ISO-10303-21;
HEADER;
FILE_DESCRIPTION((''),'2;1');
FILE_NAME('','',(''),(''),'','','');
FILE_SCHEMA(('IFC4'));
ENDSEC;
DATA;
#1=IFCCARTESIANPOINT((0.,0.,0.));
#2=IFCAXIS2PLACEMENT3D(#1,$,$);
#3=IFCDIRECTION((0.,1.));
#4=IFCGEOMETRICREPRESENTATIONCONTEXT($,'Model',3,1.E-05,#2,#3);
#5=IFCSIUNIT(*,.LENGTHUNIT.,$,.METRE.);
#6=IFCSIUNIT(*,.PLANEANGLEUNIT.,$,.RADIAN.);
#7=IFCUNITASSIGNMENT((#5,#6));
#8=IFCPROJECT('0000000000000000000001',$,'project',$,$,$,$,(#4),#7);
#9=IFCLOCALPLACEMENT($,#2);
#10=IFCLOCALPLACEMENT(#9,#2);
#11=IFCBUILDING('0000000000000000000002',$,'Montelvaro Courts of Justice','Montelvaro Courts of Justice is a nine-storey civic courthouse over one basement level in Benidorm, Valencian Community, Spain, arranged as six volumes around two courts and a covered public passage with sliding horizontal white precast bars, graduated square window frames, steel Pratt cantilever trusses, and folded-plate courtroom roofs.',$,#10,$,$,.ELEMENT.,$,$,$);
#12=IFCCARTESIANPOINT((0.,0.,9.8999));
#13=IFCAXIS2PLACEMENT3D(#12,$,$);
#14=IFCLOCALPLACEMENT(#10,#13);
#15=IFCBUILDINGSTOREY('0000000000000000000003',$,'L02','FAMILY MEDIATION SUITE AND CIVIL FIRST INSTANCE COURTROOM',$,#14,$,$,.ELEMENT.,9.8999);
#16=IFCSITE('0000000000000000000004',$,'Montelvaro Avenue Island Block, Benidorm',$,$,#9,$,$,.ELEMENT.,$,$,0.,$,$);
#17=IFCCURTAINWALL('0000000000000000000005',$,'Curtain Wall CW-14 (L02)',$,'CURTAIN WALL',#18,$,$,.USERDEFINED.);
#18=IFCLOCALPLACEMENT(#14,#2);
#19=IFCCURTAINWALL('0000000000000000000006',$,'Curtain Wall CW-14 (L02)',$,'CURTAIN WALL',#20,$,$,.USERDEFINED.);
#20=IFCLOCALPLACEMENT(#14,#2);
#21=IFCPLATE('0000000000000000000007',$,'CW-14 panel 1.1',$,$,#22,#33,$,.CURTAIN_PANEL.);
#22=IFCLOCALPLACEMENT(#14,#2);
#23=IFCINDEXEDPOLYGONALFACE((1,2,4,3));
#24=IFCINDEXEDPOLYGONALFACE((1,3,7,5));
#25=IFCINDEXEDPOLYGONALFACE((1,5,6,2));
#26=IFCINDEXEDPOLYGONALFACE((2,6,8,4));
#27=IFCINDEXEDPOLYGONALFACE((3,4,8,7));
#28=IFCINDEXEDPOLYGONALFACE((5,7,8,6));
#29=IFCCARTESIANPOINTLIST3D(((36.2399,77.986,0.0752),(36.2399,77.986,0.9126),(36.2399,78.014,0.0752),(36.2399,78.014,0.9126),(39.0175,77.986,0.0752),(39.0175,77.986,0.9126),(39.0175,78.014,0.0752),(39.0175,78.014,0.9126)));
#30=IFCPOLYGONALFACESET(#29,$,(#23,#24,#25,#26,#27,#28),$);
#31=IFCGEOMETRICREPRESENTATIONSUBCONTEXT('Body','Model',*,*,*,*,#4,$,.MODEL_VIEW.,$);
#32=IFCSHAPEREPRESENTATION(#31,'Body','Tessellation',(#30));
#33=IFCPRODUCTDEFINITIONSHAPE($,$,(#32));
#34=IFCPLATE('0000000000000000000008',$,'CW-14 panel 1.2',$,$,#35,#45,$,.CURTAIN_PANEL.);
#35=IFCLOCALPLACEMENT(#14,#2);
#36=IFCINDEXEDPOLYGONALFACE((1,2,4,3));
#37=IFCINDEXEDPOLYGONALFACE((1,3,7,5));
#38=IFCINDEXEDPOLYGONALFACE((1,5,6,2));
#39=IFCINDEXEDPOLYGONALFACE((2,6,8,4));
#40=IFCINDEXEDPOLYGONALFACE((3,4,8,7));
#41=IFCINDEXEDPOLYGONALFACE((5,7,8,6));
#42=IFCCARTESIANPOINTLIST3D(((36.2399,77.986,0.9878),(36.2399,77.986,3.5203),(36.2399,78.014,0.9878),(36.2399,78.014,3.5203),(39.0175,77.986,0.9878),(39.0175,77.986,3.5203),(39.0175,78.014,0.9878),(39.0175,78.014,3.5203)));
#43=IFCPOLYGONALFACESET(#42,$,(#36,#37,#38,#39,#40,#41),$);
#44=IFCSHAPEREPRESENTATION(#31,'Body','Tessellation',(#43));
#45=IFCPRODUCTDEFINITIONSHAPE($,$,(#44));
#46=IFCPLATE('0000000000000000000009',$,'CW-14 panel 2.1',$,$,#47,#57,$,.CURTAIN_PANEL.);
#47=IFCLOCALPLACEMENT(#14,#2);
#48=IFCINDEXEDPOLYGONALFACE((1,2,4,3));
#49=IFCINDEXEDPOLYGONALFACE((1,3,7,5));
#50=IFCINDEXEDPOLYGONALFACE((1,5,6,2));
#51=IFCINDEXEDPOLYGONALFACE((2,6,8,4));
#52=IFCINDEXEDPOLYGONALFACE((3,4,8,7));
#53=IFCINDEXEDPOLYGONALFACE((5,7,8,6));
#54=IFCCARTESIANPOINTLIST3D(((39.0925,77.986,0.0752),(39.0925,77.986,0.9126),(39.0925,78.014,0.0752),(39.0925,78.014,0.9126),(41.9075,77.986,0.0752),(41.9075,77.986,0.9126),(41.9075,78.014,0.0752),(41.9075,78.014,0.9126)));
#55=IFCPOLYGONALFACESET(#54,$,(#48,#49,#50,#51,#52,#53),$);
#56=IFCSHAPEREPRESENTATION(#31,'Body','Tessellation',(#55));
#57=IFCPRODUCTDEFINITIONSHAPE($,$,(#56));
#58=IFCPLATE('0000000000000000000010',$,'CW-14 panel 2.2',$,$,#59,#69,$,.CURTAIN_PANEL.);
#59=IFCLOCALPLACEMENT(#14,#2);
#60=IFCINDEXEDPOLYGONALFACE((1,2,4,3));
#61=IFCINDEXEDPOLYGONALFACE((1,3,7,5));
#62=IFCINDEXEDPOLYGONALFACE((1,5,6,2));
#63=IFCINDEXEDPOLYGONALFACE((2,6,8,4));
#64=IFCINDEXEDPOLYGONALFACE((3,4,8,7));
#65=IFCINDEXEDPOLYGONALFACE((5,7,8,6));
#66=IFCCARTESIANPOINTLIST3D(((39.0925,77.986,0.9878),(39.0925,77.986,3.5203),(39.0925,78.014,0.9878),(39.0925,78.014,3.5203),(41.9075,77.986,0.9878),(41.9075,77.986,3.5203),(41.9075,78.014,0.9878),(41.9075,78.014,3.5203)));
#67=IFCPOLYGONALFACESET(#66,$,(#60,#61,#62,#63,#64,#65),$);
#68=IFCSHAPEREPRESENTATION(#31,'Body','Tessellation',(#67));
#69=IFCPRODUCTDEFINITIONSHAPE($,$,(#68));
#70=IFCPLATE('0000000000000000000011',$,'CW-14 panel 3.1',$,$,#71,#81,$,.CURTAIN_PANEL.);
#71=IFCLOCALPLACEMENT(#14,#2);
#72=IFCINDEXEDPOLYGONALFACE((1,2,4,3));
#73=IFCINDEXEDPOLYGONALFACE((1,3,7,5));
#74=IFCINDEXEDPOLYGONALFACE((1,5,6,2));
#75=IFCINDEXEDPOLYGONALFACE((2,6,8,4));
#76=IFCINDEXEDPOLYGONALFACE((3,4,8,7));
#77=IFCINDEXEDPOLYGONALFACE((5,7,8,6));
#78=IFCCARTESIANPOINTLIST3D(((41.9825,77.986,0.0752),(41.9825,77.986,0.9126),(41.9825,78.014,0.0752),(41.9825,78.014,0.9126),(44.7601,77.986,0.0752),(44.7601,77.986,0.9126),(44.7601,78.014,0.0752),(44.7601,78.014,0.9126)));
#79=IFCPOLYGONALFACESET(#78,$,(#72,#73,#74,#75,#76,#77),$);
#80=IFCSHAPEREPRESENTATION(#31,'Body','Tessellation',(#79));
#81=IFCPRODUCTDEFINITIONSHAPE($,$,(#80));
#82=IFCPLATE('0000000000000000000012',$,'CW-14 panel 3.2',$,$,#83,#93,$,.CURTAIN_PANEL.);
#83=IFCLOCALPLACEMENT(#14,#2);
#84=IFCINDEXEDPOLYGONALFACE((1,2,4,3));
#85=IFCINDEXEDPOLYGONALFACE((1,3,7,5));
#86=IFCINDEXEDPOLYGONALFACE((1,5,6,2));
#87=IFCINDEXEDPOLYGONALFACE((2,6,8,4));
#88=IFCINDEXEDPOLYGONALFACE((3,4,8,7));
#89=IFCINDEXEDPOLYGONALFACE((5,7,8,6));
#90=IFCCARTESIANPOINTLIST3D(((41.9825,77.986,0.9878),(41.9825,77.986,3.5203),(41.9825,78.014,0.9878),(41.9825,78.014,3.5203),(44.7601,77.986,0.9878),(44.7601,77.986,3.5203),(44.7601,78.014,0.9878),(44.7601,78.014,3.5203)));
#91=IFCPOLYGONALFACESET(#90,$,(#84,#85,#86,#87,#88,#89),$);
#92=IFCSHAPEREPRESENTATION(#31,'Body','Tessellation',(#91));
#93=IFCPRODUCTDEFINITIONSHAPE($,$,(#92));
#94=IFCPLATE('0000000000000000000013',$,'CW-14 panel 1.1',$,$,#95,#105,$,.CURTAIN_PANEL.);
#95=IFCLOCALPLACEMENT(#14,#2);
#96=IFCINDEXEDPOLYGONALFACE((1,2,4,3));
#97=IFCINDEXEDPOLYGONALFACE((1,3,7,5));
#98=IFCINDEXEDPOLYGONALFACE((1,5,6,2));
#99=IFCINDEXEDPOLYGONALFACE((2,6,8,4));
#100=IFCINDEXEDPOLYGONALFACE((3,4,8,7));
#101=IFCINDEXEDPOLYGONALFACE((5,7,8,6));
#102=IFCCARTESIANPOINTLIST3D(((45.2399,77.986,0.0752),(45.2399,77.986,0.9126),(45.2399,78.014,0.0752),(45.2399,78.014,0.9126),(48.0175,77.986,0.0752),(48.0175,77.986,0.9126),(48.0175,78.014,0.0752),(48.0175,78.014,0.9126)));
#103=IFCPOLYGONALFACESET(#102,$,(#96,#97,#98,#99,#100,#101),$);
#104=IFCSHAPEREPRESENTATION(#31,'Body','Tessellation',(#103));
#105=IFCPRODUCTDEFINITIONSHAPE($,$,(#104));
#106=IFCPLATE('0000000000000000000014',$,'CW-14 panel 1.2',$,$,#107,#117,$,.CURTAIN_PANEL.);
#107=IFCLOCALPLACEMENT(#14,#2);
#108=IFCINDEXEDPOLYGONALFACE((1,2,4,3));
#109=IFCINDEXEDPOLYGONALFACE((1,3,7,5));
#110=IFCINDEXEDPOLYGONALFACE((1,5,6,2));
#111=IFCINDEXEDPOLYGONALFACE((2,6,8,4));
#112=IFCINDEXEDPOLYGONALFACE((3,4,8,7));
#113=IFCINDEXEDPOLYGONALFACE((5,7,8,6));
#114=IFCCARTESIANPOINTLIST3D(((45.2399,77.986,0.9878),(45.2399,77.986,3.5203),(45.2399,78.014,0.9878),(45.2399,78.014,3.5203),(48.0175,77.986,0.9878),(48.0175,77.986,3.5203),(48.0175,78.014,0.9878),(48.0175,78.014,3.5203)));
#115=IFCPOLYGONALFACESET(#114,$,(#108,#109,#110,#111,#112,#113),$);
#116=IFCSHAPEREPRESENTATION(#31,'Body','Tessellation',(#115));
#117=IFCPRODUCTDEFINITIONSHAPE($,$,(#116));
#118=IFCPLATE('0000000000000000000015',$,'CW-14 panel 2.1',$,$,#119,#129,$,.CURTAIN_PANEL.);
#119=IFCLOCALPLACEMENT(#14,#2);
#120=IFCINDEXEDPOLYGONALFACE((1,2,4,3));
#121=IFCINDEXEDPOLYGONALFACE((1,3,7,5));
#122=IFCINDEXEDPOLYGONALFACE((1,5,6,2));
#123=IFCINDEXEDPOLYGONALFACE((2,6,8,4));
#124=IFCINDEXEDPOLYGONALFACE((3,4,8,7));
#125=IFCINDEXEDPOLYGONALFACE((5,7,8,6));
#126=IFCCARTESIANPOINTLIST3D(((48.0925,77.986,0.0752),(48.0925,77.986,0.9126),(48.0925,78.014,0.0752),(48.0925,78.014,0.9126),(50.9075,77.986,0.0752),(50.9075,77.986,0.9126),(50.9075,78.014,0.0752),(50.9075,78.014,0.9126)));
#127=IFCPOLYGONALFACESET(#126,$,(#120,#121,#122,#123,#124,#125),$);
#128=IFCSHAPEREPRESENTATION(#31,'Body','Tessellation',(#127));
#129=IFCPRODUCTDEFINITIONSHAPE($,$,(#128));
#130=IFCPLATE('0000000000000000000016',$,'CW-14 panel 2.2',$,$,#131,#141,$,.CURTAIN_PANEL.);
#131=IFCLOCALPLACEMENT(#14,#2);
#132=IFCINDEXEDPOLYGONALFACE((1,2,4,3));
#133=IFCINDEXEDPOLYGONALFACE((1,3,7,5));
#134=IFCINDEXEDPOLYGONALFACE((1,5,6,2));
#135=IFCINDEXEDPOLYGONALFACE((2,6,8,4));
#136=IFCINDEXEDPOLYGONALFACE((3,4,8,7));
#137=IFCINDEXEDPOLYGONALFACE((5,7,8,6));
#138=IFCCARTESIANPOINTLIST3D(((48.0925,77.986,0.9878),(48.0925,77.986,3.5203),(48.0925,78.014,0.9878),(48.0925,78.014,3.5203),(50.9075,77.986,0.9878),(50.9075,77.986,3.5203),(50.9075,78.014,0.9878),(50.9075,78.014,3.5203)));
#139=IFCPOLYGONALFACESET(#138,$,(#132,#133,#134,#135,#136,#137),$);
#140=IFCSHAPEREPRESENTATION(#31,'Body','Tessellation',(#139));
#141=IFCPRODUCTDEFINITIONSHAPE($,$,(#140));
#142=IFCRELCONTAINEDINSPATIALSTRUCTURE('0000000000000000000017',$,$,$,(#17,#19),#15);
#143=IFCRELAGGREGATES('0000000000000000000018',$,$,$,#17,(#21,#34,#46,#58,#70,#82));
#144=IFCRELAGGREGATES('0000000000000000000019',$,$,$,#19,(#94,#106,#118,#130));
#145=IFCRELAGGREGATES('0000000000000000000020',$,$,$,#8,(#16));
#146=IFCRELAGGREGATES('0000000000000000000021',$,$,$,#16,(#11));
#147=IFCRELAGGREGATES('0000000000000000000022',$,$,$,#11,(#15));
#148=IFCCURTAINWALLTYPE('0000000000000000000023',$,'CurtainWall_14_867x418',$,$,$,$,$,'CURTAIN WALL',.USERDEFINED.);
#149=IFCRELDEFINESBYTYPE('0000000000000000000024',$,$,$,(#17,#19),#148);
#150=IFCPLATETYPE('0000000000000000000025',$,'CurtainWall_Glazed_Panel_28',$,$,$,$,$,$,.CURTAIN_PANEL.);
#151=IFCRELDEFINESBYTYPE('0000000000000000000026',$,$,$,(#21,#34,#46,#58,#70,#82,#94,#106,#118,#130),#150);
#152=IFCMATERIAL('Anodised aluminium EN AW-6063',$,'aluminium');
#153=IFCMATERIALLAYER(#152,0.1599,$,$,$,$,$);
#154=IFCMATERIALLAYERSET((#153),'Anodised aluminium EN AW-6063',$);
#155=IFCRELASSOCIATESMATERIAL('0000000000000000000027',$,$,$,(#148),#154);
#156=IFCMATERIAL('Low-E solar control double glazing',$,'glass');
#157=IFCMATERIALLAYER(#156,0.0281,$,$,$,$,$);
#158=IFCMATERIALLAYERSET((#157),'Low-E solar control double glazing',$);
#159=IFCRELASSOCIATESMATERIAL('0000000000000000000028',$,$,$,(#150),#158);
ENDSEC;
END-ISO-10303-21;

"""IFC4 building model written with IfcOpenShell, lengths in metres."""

from ifc_helpers import new_model, si_unit, direction, frame, origin, origin_2d, place, context, subcontext, project, spatial, rectangle, extrude, material, layer, layer_set, type_object, element, aggregate, save


model = new_model("IFC4")

# Units and contexts
model_context = context("Model", 3, precision=1e-05, world=origin(), true_north=direction((0.0, 1.0)))
body_context = subcontext(model_context, "Body", "Model", "MODEL_VIEW")
ifc_project = project(units=[si_unit("LENGTHUNIT", "METRE"), si_unit("PLANEANGLEUNIT", "RADIAN")], contexts=[model_context])

# Site, building, storey
site_placement = place(None, origin())
site = spatial("IfcSite", under=ifc_project, at=site_placement, Name="Montelvaro Avenue Island Block, Benidorm", CompositionType="ELEMENT", RefElevation=0.0)
building_placement = place(site_placement, origin())
building = spatial("IfcBuilding", under=site, at=building_placement, Name="Montelvaro Courts of Justice", Description="Montelvaro Courts of Justice is a nine-storey civic courthouse over one basement level in Benidorm, Valencian Community, Spain, arranged as six volumes around two courts and a covered public passage with sliding horizontal white precast bars, graduated square window frames, steel Pratt cantilever trusses, and folded-plate courtroom roofs.", CompositionType="ELEMENT")
storey_placement = place(building_placement, frame((0.0, 0.0, 9.8999)))
storey = spatial("IfcBuildingStorey", under=building, at=storey_placement, Name="L02", Description="FAMILY MEDIATION SUITE AND CIVIL FIRST INSTANCE COURTROOM", CompositionType="ELEMENT", Elevation=9.8999)

# Curtain walls
ifc_material_1 = material(Name="Anodised aluminium EN AW-6063", Category="aluminium")
ifc_layer_1 = layer(ifc_material_1, 0.1599)
ifc_layer_set_1 = layer_set([ifc_layer_1], Name="Anodised aluminium EN AW-6063")
curtain_wall_type = type_object("IfcCurtainWallType", Name="CurtainWall_14_867x418", ElementType="CURTAIN WALL", PredefinedType="USERDEFINED", material=ifc_layer_set_1)
curtain_wall_1_placement = place(storey_placement, origin())
curtain_wall_1 = element("IfcCurtainWall", 1, at=curtain_wall_1_placement, inside=storey, type_object=curtain_wall_type, Name="Curtain Wall CW-14 (L02)", ObjectType="CURTAIN WALL", PredefinedType="USERDEFINED")
curtain_wall_2_placement = place(storey_placement, origin())
curtain_wall_2 = element("IfcCurtainWall", 2, at=curtain_wall_2_placement, inside=storey, type_object=curtain_wall_type, Name="Curtain Wall CW-14 (L02)", ObjectType="CURTAIN WALL", PredefinedType="USERDEFINED")

# Plates
ifc_material_2 = material(Name="Low-E solar control double glazing", Category="glass")
ifc_layer_2 = layer(ifc_material_2, 0.0281)
ifc_layer_set_2 = layer_set([ifc_layer_2], Name="Low-E solar control double glazing")
plate_type = type_object("IfcPlateType", Name="CurtainWall_Glazed_Panel_28", PredefinedType="CURTAIN_PANEL", material=ifc_layer_set_2)
plate_1_placement = place(storey_placement, frame((37.6287, 78.0, 0.0752), z_axis=(0.0, 0.0, 1.0), x_axis=(1.0, 0.0, 0.0)))
plate_1 = element("IfcPlate", 3, at=plate_1_placement, type_object=plate_type, Name="CW-14 panel 1.1", PredefinedType="CURTAIN_PANEL", context=body_context, shape_type="SweptSolid", body=[
    extrude(rectangle(XDim=2.7776, YDim=0.0281, at=origin_2d()), origin(), (0.0, 0.0, 1.0), 0.8374),
])
plate_2_placement = place(storey_placement, frame((37.6287, 78.0, 0.9878), z_axis=(0.0, 0.0, 1.0), x_axis=(1.0, 0.0, 0.0)))
plate_2 = element("IfcPlate", 4, at=plate_2_placement, type_object=plate_type, Name="CW-14 panel 1.2", PredefinedType="CURTAIN_PANEL", context=body_context, shape_type="SweptSolid", body=[
    extrude(rectangle(XDim=2.7776, YDim=0.0281, at=origin_2d()), origin(), (0.0, 0.0, 1.0), 2.5325),
])
plate_3_placement = place(storey_placement, frame((40.5, 78.0, 0.0752), z_axis=(0.0, 0.0, 1.0), x_axis=(1.0, 0.0, 0.0)))
plate_3 = element("IfcPlate", 5, at=plate_3_placement, type_object=plate_type, Name="CW-14 panel 2.1", PredefinedType="CURTAIN_PANEL", context=body_context, shape_type="SweptSolid", body=[
    extrude(rectangle(XDim=2.8149, YDim=0.0281, at=origin_2d()), origin(), (0.0, 0.0, 1.0), 0.8374),
])
plate_4_placement = place(storey_placement, frame((40.5, 78.0, 0.9878), z_axis=(0.0, 0.0, 1.0), x_axis=(1.0, 0.0, 0.0)))
plate_4 = element("IfcPlate", 6, at=plate_4_placement, type_object=plate_type, Name="CW-14 panel 2.2", PredefinedType="CURTAIN_PANEL", context=body_context, shape_type="SweptSolid", body=[
    extrude(rectangle(XDim=2.8149, YDim=0.0281, at=origin_2d()), origin(), (0.0, 0.0, 1.0), 2.5325),
])
plate_5_placement = place(storey_placement, frame((43.3713, 78.0, 0.0752), z_axis=(0.0, 0.0, 1.0), x_axis=(1.0, 0.0, 0.0)))
plate_5 = element("IfcPlate", 7, at=plate_5_placement, type_object=plate_type, Name="CW-14 panel 3.1", PredefinedType="CURTAIN_PANEL", context=body_context, shape_type="SweptSolid", body=[
    extrude(rectangle(XDim=2.7776, YDim=0.0281, at=origin_2d()), origin(), (0.0, 0.0, 1.0), 0.8374),
])
plate_6_placement = place(storey_placement, frame((43.3713, 78.0, 0.9878), z_axis=(0.0, 0.0, 1.0), x_axis=(1.0, 0.0, 0.0)))
plate_6 = element("IfcPlate", 8, at=plate_6_placement, type_object=plate_type, Name="CW-14 panel 3.2", PredefinedType="CURTAIN_PANEL", context=body_context, shape_type="SweptSolid", body=[
    extrude(rectangle(XDim=2.7776, YDim=0.0281, at=origin_2d()), origin(), (0.0, 0.0, 1.0), 2.5325),
])
aggregate(curtain_wall_1, [plate_1, plate_2, plate_3, plate_4, plate_5, plate_6])
plate_7_placement = place(storey_placement, frame((46.6287, 78.0, 0.0752), z_axis=(0.0, 0.0, 1.0), x_axis=(1.0, 0.0, 0.0)))
plate_7 = element("IfcPlate", 9, at=plate_7_placement, type_object=plate_type, Name="CW-14 panel 1.1", PredefinedType="CURTAIN_PANEL", context=body_context, shape_type="SweptSolid", body=[
    extrude(rectangle(XDim=2.7776, YDim=0.0281, at=origin_2d()), origin(), (0.0, 0.0, 1.0), 0.8374),
])
plate_8_placement = place(storey_placement, frame((46.6287, 78.0, 0.9878), z_axis=(0.0, 0.0, 1.0), x_axis=(1.0, 0.0, 0.0)))
plate_8 = element("IfcPlate", 10, at=plate_8_placement, type_object=plate_type, Name="CW-14 panel 1.2", PredefinedType="CURTAIN_PANEL", context=body_context, shape_type="SweptSolid", body=[
    extrude(rectangle(XDim=2.7776, YDim=0.0281, at=origin_2d()), origin(), (0.0, 0.0, 1.0), 2.5325),
])
plate_9_placement = place(storey_placement, frame((49.5, 78.0, 0.0752), z_axis=(0.0, 0.0, 1.0), x_axis=(1.0, 0.0, 0.0)))
plate_9 = element("IfcPlate", 11, at=plate_9_placement, type_object=plate_type, Name="CW-14 panel 2.1", PredefinedType="CURTAIN_PANEL", context=body_context, shape_type="SweptSolid", body=[
    extrude(rectangle(XDim=2.8149, YDim=0.0281, at=origin_2d()), origin(), (0.0, 0.0, 1.0), 0.8374),
])
plate_10_placement = place(storey_placement, frame((49.5, 78.0, 0.9878), z_axis=(0.0, 0.0, 1.0), x_axis=(1.0, 0.0, 0.0)))
plate_10 = element("IfcPlate", 12, at=plate_10_placement, type_object=plate_type, Name="CW-14 panel 2.2", PredefinedType="CURTAIN_PANEL", context=body_context, shape_type="SweptSolid", body=[
    extrude(rectangle(XDim=2.8149, YDim=0.0281, at=origin_2d()), origin(), (0.0, 0.0, 1.0), 2.5325),
])
aggregate(curtain_wall_2, [plate_7, plate_8, plate_9, plate_10])

save(model, "model.ifc")
